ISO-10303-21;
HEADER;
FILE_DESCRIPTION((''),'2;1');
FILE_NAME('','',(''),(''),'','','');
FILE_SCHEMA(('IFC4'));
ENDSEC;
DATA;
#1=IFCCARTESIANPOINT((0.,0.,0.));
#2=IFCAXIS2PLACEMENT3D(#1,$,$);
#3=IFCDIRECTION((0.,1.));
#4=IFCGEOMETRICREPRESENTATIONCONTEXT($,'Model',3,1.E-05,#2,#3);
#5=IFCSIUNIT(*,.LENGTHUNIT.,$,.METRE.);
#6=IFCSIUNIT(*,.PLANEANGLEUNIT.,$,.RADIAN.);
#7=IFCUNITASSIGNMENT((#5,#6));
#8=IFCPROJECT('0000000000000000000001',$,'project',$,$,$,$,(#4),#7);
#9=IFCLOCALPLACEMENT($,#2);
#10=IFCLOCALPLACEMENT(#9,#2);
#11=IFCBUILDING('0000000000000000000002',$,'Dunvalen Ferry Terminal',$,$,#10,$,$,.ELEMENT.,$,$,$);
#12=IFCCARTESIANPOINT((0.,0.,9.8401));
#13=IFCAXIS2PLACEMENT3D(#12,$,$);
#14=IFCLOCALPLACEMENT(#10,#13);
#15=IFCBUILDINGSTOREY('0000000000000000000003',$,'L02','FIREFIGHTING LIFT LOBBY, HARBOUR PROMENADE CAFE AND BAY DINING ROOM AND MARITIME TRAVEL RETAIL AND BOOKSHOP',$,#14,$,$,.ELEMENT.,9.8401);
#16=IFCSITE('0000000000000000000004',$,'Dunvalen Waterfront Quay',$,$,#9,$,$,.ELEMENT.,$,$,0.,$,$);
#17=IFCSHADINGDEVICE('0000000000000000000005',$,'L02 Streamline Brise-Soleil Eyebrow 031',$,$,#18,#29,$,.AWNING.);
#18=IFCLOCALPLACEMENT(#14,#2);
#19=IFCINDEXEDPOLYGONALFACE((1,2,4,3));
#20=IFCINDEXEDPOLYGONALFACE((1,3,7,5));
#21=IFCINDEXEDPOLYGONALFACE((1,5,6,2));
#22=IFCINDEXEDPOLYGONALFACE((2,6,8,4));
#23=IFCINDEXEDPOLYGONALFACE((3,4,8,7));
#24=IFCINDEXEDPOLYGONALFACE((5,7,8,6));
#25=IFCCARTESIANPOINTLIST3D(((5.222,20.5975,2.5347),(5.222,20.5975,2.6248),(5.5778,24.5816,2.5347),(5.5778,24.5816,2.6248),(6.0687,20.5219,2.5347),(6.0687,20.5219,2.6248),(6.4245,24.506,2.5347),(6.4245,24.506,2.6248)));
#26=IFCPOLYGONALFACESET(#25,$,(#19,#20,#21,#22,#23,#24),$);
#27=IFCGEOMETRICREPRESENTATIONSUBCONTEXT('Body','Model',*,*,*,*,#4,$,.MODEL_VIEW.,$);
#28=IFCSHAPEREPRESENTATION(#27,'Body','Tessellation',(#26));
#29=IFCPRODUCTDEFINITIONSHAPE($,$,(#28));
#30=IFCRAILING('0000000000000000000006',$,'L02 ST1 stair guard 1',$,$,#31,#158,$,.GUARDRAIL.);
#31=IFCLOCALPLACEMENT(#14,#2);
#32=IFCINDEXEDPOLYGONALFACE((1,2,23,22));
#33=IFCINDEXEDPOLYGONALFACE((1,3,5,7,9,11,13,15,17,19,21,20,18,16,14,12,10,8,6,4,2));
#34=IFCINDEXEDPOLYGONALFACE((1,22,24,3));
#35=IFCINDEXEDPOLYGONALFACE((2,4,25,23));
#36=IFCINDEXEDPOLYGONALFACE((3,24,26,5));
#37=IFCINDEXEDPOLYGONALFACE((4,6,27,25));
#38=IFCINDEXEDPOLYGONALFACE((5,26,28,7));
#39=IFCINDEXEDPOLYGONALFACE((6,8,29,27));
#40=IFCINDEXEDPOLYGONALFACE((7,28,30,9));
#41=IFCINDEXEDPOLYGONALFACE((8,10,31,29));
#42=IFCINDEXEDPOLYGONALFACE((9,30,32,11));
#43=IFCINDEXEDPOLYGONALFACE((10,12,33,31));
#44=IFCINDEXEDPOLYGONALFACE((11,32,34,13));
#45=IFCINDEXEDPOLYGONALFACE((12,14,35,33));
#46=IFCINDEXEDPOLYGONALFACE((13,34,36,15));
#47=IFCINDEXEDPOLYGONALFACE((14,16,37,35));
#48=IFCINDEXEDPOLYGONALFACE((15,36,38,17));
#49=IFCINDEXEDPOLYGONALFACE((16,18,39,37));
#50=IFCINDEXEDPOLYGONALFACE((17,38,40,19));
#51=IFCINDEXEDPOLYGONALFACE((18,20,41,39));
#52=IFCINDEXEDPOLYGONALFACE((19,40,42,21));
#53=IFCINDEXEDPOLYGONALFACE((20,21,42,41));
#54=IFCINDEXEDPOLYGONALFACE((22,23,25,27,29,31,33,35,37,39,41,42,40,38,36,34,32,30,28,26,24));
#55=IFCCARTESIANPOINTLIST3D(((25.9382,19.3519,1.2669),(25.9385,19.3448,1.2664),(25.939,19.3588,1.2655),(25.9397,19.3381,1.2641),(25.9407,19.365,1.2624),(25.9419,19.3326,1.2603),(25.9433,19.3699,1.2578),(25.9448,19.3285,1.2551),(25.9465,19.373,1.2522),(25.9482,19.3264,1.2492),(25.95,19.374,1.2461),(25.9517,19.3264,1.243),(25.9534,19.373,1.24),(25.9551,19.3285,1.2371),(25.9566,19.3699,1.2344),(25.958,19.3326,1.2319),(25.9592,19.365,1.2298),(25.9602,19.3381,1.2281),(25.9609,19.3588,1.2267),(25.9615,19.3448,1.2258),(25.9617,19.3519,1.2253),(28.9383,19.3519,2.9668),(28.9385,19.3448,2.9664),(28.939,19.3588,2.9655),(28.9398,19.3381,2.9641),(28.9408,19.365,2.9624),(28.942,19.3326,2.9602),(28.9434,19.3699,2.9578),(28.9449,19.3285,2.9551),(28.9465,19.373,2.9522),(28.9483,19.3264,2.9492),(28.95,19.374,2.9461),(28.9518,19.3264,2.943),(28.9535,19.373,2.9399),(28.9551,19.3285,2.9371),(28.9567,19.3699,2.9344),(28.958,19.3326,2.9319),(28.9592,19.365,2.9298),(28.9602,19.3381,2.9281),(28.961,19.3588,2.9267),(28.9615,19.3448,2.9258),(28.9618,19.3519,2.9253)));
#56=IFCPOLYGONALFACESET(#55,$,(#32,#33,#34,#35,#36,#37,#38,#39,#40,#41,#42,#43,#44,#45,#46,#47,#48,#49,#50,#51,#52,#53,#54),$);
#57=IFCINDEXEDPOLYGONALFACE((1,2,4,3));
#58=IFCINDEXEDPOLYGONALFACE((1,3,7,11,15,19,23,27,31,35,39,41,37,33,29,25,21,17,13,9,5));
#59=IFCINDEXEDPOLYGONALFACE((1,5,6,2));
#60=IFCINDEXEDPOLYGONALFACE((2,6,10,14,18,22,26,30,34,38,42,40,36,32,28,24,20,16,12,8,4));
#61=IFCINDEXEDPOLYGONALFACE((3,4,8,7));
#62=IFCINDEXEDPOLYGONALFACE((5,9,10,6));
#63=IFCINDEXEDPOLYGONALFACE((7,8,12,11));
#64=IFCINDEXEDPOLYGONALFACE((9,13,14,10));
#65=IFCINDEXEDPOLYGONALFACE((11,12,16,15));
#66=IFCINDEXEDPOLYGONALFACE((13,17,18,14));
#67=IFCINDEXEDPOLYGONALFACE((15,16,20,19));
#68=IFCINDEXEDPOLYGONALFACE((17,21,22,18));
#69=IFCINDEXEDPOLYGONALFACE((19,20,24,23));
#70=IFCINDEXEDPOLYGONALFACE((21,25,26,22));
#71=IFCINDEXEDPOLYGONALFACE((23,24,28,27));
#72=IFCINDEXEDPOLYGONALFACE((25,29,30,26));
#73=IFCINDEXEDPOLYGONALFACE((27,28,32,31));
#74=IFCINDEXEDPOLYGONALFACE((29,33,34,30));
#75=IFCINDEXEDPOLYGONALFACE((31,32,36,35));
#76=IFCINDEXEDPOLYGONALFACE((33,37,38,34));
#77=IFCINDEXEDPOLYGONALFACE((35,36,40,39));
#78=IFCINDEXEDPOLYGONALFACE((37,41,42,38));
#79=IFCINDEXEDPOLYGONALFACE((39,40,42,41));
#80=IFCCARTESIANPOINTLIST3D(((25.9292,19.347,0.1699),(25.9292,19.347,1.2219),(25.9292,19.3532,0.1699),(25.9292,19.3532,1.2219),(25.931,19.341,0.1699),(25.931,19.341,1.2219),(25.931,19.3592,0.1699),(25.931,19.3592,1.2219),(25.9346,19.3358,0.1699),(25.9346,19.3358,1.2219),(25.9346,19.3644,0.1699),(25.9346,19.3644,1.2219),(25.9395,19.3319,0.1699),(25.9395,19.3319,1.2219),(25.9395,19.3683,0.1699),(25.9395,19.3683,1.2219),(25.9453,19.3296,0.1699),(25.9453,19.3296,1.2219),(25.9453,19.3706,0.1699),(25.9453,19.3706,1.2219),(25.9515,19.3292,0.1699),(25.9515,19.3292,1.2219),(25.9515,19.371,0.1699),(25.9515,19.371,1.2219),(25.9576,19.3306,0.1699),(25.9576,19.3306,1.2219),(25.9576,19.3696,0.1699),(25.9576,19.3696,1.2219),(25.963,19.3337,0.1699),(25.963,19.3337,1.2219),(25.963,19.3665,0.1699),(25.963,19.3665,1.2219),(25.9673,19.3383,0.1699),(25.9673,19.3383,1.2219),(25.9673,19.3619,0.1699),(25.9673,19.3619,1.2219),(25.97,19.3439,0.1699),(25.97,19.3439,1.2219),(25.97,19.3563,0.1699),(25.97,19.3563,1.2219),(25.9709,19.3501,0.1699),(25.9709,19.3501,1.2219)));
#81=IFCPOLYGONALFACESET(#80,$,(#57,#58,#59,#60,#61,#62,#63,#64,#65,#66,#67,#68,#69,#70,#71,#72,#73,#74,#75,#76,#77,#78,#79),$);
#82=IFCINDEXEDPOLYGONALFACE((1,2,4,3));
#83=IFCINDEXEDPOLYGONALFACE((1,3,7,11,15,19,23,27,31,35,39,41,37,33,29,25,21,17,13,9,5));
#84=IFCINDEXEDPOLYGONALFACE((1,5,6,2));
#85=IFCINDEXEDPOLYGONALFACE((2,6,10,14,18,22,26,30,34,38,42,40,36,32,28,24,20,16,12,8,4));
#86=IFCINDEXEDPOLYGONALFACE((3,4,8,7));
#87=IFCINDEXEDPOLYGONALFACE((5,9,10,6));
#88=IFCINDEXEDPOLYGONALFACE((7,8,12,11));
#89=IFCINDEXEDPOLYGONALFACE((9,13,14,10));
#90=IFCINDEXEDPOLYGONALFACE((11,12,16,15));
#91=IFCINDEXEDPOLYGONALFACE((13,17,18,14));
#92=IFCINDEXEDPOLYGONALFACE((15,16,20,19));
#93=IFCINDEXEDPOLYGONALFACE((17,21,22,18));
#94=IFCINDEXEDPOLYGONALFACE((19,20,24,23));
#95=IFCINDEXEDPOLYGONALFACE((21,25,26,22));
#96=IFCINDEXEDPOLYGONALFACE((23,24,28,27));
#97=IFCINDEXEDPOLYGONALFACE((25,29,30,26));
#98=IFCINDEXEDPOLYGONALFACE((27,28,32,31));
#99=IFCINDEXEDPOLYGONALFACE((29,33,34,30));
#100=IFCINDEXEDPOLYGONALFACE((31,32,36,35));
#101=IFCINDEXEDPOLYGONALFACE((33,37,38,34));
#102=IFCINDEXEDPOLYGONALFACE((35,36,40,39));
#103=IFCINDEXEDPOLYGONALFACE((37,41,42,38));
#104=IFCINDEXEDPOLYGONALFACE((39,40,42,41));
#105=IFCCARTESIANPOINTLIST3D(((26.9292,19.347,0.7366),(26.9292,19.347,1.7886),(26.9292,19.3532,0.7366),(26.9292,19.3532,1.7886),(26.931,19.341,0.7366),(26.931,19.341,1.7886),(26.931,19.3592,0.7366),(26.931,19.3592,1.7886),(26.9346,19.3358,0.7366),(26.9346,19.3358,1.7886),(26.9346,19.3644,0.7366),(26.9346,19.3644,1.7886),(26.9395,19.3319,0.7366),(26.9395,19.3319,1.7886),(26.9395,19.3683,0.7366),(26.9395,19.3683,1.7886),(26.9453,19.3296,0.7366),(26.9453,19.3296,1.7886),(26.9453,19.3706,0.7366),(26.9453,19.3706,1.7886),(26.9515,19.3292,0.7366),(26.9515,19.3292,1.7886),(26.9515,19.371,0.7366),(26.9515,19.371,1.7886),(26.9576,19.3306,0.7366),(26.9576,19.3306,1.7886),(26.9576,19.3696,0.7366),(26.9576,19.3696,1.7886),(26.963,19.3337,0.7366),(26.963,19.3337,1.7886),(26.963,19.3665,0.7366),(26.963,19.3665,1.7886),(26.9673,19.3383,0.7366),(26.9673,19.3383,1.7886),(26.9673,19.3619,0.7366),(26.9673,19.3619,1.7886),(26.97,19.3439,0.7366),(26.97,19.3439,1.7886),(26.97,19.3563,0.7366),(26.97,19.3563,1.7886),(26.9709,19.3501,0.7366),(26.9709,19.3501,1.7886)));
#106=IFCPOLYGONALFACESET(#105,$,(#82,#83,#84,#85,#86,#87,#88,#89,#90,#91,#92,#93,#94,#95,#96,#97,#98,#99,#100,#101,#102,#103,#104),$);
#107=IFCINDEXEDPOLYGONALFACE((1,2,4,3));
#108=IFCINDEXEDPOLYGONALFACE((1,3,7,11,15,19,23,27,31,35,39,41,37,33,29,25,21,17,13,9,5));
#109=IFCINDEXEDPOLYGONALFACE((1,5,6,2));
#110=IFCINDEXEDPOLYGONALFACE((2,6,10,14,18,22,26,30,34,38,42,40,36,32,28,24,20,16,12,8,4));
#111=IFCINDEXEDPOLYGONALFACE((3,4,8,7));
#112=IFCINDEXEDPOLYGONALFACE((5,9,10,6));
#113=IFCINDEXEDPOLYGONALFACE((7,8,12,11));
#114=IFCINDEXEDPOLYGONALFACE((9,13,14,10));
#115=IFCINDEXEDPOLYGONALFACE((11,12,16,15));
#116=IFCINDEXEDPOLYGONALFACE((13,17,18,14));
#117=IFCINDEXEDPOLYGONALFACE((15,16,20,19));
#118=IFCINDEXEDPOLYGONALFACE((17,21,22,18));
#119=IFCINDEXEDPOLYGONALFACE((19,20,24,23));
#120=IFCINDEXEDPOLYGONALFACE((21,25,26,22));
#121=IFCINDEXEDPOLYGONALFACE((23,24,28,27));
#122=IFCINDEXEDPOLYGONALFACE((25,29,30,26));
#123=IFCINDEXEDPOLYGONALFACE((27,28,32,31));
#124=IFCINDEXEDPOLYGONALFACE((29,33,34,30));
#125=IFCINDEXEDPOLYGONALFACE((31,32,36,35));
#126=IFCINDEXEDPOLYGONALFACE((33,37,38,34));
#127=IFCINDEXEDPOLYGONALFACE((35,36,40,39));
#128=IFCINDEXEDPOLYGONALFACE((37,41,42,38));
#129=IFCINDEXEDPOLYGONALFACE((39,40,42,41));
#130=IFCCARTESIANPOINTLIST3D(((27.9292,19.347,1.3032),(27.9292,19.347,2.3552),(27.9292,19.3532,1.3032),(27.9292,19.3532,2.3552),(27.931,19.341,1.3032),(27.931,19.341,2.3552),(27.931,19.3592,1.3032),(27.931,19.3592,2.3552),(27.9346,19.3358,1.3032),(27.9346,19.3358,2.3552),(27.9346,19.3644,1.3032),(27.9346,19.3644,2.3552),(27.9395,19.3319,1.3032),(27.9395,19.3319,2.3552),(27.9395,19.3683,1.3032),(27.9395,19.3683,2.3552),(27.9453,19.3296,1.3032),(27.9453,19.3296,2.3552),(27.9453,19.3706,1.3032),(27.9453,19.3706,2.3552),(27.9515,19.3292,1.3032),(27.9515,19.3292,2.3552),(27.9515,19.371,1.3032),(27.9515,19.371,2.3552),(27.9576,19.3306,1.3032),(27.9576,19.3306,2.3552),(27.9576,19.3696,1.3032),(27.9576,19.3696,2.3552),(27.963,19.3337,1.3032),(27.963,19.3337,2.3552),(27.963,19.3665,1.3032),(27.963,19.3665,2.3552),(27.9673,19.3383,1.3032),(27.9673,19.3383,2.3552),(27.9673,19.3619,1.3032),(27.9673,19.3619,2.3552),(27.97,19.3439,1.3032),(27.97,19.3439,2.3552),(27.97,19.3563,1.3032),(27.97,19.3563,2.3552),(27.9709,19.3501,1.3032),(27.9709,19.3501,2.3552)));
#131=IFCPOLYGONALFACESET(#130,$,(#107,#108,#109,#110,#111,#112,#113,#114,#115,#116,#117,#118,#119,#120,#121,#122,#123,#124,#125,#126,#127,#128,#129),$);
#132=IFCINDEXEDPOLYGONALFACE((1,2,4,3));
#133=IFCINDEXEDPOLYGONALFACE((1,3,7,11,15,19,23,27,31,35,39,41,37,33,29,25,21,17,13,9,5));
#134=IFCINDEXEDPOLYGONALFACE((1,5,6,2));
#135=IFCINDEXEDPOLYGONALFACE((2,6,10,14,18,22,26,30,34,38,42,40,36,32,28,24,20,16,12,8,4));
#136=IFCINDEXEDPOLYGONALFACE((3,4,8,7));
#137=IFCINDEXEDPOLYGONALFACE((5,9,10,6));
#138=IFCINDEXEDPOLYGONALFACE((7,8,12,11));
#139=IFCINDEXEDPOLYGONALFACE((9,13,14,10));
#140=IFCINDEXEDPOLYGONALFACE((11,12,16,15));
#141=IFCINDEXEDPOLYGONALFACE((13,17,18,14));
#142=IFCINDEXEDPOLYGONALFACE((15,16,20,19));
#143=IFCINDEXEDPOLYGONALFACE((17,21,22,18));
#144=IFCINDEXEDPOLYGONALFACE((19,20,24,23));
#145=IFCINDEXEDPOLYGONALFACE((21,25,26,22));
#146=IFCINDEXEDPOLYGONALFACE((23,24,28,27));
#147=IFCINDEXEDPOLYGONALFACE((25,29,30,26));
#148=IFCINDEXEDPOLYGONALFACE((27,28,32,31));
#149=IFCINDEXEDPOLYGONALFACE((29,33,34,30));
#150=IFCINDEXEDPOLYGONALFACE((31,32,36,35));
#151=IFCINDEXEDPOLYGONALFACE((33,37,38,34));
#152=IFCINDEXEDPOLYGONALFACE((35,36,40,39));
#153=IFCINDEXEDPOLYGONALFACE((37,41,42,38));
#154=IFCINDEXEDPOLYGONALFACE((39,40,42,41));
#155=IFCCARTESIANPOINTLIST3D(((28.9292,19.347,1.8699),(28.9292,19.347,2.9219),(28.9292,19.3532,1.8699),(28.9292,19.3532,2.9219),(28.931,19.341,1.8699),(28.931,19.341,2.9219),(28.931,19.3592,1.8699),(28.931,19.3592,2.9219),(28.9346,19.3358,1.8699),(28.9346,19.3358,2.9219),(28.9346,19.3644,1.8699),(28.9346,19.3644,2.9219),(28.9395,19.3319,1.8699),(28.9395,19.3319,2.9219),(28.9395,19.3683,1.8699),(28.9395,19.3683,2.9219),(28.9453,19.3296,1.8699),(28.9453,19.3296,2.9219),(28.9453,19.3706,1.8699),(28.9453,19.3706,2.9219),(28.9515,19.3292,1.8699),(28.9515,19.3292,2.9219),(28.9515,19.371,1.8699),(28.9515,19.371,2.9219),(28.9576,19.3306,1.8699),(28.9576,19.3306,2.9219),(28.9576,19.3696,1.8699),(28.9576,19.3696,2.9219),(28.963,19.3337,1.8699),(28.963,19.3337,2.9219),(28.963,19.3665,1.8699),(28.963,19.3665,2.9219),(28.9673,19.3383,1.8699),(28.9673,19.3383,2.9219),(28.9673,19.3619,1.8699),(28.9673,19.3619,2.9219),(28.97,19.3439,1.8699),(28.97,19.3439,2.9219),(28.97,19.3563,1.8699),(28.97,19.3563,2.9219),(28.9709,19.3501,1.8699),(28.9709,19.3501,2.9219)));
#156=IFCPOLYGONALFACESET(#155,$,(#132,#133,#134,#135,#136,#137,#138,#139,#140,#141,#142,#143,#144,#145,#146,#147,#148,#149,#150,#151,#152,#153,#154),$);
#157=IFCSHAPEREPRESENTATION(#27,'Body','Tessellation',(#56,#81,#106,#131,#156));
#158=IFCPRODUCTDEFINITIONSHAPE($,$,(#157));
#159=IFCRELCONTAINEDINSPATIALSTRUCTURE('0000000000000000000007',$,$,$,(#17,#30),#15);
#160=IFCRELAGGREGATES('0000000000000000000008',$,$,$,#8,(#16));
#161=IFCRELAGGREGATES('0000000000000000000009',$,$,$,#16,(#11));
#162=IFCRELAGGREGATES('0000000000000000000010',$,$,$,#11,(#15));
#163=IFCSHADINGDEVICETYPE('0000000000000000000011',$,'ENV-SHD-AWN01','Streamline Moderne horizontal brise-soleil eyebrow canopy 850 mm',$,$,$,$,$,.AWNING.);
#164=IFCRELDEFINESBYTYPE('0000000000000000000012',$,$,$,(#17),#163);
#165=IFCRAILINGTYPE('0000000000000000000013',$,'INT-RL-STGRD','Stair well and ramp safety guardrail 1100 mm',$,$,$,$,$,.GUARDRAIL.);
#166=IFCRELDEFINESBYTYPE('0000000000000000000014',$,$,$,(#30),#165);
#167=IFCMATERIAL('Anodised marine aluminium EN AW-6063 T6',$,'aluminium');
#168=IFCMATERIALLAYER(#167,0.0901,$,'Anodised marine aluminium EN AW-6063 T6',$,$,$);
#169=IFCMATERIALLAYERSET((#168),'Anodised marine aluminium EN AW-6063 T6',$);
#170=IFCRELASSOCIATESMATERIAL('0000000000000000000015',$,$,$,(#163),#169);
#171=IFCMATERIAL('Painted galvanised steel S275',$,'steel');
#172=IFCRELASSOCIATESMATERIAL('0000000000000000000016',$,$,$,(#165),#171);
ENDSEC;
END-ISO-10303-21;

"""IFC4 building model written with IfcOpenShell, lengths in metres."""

from ifc_helpers import new_model, si_unit, direction, frame, origin, origin_2d, place, context, subcontext, project, spatial, rectangle, circle, extrude, material, layer, layer_set, type_object, element, save


model = new_model("IFC4")

# Units and contexts
model_context = context("Model", 3, precision=1e-05, world=origin(), true_north=direction((0.0, 1.0)))
body_context = subcontext(model_context, "Body", "Model", "MODEL_VIEW")
ifc_project = project(units=[si_unit("LENGTHUNIT", "METRE"), si_unit("PLANEANGLEUNIT", "RADIAN")], contexts=[model_context])

# Site, building, storey
site_placement = place(None, origin())
site = spatial("IfcSite", under=ifc_project, at=site_placement, Name="Dunvalen Waterfront Quay", CompositionType="ELEMENT", RefElevation=0.0)
building_placement = place(site_placement, origin())
building = spatial("IfcBuilding", under=site, at=building_placement, Name="Dunvalen Ferry Terminal", CompositionType="ELEMENT")
storey_placement = place(building_placement, frame((0.0, 0.0, 9.8401)))
storey = spatial("IfcBuildingStorey", under=building, at=storey_placement, Name="L02", Description="FIREFIGHTING LIFT LOBBY, HARBOUR PROMENADE CAFE AND BAY DINING ROOM AND MARITIME TRAVEL RETAIL AND BOOKSHOP", CompositionType="ELEMENT", Elevation=9.8401)

# Shading device
ifc_material_1 = material(Name="Anodised marine aluminium EN AW-6063 T6", Category="aluminium")
ifc_layer_1 = layer(ifc_material_1, 0.0901, Name="Anodised marine aluminium EN AW-6063 T6")
ifc_layer_set_1 = layer_set([ifc_layer_1], Name="Anodised marine aluminium EN AW-6063 T6")
shading_device_type = type_object("IfcShadingDeviceType", Name="ENV-SHD-AWN01", Description="Streamline Moderne horizontal brise-soleil eyebrow canopy 850 mm", PredefinedType="AWNING", material=ifc_layer_set_1)
shading_device_placement = place(storey_placement, frame((5.8232, 22.5518, 2.5347), z_axis=(0.0, 0.0, 1.0), x_axis=(-0.088957, -0.996035, 0.0)))
element("IfcShadingDevice", 1, at=shading_device_placement, inside=storey, type_object=shading_device_type, Name="L02 Streamline Brise-Soleil Eyebrow 031", PredefinedType="AWNING", context=body_context, shape_type="SweptSolid", body=[
    extrude(rectangle(XDim=4.0, YDim=0.8501, at=origin_2d()), origin(), (0.0, 0.0, 1.0), 0.0901),
])

# Railing
ifc_material_2 = material(Name="Painted galvanised steel S275", Category="steel")
railing_type_1 = type_object("IfcRailingType", Name="INT-RL-STGRD", Description="Stair well and ramp safety guardrail 1100 mm", PredefinedType="GUARDRAIL", material=ifc_material_2)
railing_1_placement = place(storey_placement, frame((25.95, 19.3501, 0.1699)))
element("IfcRailing", 2, at=railing_1_placement, inside=storey, type_object=railing_type_1, Name="L02 ST1 stair guard 1", PredefinedType="GUARDRAIL", context=body_context, shape_type="SweptSolid", body=[
    extrude(circle(Radius=0.0239, at=origin_2d()), frame((0.0, 0.0, 1.0762), z_axis=(0.870028, 0.0, 0.493002), x_axis=(0.0, 1.0, 0.0)), (0.0, 0.0, 1.0), 3.4482),
    extrude(circle(Radius=0.021, at=origin_2d()), origin(), (0.0, 0.0, 1.0), 1.052),
    extrude(circle(Radius=0.021, at=origin_2d()), frame((1.0, 0.0, 0.5667)), (0.0, 0.0, 1.0), 1.052),
    extrude(circle(Radius=0.021, at=origin_2d()), frame((2.0, 0.0, 1.1333)), (0.0, 0.0, 1.0), 1.052),
    extrude(circle(Radius=0.021, at=origin_2d()), frame((3.0, 0.0, 1.7)), (0.0, 0.0, 1.0), 1.052),
])

save(model, "model.ifc")
